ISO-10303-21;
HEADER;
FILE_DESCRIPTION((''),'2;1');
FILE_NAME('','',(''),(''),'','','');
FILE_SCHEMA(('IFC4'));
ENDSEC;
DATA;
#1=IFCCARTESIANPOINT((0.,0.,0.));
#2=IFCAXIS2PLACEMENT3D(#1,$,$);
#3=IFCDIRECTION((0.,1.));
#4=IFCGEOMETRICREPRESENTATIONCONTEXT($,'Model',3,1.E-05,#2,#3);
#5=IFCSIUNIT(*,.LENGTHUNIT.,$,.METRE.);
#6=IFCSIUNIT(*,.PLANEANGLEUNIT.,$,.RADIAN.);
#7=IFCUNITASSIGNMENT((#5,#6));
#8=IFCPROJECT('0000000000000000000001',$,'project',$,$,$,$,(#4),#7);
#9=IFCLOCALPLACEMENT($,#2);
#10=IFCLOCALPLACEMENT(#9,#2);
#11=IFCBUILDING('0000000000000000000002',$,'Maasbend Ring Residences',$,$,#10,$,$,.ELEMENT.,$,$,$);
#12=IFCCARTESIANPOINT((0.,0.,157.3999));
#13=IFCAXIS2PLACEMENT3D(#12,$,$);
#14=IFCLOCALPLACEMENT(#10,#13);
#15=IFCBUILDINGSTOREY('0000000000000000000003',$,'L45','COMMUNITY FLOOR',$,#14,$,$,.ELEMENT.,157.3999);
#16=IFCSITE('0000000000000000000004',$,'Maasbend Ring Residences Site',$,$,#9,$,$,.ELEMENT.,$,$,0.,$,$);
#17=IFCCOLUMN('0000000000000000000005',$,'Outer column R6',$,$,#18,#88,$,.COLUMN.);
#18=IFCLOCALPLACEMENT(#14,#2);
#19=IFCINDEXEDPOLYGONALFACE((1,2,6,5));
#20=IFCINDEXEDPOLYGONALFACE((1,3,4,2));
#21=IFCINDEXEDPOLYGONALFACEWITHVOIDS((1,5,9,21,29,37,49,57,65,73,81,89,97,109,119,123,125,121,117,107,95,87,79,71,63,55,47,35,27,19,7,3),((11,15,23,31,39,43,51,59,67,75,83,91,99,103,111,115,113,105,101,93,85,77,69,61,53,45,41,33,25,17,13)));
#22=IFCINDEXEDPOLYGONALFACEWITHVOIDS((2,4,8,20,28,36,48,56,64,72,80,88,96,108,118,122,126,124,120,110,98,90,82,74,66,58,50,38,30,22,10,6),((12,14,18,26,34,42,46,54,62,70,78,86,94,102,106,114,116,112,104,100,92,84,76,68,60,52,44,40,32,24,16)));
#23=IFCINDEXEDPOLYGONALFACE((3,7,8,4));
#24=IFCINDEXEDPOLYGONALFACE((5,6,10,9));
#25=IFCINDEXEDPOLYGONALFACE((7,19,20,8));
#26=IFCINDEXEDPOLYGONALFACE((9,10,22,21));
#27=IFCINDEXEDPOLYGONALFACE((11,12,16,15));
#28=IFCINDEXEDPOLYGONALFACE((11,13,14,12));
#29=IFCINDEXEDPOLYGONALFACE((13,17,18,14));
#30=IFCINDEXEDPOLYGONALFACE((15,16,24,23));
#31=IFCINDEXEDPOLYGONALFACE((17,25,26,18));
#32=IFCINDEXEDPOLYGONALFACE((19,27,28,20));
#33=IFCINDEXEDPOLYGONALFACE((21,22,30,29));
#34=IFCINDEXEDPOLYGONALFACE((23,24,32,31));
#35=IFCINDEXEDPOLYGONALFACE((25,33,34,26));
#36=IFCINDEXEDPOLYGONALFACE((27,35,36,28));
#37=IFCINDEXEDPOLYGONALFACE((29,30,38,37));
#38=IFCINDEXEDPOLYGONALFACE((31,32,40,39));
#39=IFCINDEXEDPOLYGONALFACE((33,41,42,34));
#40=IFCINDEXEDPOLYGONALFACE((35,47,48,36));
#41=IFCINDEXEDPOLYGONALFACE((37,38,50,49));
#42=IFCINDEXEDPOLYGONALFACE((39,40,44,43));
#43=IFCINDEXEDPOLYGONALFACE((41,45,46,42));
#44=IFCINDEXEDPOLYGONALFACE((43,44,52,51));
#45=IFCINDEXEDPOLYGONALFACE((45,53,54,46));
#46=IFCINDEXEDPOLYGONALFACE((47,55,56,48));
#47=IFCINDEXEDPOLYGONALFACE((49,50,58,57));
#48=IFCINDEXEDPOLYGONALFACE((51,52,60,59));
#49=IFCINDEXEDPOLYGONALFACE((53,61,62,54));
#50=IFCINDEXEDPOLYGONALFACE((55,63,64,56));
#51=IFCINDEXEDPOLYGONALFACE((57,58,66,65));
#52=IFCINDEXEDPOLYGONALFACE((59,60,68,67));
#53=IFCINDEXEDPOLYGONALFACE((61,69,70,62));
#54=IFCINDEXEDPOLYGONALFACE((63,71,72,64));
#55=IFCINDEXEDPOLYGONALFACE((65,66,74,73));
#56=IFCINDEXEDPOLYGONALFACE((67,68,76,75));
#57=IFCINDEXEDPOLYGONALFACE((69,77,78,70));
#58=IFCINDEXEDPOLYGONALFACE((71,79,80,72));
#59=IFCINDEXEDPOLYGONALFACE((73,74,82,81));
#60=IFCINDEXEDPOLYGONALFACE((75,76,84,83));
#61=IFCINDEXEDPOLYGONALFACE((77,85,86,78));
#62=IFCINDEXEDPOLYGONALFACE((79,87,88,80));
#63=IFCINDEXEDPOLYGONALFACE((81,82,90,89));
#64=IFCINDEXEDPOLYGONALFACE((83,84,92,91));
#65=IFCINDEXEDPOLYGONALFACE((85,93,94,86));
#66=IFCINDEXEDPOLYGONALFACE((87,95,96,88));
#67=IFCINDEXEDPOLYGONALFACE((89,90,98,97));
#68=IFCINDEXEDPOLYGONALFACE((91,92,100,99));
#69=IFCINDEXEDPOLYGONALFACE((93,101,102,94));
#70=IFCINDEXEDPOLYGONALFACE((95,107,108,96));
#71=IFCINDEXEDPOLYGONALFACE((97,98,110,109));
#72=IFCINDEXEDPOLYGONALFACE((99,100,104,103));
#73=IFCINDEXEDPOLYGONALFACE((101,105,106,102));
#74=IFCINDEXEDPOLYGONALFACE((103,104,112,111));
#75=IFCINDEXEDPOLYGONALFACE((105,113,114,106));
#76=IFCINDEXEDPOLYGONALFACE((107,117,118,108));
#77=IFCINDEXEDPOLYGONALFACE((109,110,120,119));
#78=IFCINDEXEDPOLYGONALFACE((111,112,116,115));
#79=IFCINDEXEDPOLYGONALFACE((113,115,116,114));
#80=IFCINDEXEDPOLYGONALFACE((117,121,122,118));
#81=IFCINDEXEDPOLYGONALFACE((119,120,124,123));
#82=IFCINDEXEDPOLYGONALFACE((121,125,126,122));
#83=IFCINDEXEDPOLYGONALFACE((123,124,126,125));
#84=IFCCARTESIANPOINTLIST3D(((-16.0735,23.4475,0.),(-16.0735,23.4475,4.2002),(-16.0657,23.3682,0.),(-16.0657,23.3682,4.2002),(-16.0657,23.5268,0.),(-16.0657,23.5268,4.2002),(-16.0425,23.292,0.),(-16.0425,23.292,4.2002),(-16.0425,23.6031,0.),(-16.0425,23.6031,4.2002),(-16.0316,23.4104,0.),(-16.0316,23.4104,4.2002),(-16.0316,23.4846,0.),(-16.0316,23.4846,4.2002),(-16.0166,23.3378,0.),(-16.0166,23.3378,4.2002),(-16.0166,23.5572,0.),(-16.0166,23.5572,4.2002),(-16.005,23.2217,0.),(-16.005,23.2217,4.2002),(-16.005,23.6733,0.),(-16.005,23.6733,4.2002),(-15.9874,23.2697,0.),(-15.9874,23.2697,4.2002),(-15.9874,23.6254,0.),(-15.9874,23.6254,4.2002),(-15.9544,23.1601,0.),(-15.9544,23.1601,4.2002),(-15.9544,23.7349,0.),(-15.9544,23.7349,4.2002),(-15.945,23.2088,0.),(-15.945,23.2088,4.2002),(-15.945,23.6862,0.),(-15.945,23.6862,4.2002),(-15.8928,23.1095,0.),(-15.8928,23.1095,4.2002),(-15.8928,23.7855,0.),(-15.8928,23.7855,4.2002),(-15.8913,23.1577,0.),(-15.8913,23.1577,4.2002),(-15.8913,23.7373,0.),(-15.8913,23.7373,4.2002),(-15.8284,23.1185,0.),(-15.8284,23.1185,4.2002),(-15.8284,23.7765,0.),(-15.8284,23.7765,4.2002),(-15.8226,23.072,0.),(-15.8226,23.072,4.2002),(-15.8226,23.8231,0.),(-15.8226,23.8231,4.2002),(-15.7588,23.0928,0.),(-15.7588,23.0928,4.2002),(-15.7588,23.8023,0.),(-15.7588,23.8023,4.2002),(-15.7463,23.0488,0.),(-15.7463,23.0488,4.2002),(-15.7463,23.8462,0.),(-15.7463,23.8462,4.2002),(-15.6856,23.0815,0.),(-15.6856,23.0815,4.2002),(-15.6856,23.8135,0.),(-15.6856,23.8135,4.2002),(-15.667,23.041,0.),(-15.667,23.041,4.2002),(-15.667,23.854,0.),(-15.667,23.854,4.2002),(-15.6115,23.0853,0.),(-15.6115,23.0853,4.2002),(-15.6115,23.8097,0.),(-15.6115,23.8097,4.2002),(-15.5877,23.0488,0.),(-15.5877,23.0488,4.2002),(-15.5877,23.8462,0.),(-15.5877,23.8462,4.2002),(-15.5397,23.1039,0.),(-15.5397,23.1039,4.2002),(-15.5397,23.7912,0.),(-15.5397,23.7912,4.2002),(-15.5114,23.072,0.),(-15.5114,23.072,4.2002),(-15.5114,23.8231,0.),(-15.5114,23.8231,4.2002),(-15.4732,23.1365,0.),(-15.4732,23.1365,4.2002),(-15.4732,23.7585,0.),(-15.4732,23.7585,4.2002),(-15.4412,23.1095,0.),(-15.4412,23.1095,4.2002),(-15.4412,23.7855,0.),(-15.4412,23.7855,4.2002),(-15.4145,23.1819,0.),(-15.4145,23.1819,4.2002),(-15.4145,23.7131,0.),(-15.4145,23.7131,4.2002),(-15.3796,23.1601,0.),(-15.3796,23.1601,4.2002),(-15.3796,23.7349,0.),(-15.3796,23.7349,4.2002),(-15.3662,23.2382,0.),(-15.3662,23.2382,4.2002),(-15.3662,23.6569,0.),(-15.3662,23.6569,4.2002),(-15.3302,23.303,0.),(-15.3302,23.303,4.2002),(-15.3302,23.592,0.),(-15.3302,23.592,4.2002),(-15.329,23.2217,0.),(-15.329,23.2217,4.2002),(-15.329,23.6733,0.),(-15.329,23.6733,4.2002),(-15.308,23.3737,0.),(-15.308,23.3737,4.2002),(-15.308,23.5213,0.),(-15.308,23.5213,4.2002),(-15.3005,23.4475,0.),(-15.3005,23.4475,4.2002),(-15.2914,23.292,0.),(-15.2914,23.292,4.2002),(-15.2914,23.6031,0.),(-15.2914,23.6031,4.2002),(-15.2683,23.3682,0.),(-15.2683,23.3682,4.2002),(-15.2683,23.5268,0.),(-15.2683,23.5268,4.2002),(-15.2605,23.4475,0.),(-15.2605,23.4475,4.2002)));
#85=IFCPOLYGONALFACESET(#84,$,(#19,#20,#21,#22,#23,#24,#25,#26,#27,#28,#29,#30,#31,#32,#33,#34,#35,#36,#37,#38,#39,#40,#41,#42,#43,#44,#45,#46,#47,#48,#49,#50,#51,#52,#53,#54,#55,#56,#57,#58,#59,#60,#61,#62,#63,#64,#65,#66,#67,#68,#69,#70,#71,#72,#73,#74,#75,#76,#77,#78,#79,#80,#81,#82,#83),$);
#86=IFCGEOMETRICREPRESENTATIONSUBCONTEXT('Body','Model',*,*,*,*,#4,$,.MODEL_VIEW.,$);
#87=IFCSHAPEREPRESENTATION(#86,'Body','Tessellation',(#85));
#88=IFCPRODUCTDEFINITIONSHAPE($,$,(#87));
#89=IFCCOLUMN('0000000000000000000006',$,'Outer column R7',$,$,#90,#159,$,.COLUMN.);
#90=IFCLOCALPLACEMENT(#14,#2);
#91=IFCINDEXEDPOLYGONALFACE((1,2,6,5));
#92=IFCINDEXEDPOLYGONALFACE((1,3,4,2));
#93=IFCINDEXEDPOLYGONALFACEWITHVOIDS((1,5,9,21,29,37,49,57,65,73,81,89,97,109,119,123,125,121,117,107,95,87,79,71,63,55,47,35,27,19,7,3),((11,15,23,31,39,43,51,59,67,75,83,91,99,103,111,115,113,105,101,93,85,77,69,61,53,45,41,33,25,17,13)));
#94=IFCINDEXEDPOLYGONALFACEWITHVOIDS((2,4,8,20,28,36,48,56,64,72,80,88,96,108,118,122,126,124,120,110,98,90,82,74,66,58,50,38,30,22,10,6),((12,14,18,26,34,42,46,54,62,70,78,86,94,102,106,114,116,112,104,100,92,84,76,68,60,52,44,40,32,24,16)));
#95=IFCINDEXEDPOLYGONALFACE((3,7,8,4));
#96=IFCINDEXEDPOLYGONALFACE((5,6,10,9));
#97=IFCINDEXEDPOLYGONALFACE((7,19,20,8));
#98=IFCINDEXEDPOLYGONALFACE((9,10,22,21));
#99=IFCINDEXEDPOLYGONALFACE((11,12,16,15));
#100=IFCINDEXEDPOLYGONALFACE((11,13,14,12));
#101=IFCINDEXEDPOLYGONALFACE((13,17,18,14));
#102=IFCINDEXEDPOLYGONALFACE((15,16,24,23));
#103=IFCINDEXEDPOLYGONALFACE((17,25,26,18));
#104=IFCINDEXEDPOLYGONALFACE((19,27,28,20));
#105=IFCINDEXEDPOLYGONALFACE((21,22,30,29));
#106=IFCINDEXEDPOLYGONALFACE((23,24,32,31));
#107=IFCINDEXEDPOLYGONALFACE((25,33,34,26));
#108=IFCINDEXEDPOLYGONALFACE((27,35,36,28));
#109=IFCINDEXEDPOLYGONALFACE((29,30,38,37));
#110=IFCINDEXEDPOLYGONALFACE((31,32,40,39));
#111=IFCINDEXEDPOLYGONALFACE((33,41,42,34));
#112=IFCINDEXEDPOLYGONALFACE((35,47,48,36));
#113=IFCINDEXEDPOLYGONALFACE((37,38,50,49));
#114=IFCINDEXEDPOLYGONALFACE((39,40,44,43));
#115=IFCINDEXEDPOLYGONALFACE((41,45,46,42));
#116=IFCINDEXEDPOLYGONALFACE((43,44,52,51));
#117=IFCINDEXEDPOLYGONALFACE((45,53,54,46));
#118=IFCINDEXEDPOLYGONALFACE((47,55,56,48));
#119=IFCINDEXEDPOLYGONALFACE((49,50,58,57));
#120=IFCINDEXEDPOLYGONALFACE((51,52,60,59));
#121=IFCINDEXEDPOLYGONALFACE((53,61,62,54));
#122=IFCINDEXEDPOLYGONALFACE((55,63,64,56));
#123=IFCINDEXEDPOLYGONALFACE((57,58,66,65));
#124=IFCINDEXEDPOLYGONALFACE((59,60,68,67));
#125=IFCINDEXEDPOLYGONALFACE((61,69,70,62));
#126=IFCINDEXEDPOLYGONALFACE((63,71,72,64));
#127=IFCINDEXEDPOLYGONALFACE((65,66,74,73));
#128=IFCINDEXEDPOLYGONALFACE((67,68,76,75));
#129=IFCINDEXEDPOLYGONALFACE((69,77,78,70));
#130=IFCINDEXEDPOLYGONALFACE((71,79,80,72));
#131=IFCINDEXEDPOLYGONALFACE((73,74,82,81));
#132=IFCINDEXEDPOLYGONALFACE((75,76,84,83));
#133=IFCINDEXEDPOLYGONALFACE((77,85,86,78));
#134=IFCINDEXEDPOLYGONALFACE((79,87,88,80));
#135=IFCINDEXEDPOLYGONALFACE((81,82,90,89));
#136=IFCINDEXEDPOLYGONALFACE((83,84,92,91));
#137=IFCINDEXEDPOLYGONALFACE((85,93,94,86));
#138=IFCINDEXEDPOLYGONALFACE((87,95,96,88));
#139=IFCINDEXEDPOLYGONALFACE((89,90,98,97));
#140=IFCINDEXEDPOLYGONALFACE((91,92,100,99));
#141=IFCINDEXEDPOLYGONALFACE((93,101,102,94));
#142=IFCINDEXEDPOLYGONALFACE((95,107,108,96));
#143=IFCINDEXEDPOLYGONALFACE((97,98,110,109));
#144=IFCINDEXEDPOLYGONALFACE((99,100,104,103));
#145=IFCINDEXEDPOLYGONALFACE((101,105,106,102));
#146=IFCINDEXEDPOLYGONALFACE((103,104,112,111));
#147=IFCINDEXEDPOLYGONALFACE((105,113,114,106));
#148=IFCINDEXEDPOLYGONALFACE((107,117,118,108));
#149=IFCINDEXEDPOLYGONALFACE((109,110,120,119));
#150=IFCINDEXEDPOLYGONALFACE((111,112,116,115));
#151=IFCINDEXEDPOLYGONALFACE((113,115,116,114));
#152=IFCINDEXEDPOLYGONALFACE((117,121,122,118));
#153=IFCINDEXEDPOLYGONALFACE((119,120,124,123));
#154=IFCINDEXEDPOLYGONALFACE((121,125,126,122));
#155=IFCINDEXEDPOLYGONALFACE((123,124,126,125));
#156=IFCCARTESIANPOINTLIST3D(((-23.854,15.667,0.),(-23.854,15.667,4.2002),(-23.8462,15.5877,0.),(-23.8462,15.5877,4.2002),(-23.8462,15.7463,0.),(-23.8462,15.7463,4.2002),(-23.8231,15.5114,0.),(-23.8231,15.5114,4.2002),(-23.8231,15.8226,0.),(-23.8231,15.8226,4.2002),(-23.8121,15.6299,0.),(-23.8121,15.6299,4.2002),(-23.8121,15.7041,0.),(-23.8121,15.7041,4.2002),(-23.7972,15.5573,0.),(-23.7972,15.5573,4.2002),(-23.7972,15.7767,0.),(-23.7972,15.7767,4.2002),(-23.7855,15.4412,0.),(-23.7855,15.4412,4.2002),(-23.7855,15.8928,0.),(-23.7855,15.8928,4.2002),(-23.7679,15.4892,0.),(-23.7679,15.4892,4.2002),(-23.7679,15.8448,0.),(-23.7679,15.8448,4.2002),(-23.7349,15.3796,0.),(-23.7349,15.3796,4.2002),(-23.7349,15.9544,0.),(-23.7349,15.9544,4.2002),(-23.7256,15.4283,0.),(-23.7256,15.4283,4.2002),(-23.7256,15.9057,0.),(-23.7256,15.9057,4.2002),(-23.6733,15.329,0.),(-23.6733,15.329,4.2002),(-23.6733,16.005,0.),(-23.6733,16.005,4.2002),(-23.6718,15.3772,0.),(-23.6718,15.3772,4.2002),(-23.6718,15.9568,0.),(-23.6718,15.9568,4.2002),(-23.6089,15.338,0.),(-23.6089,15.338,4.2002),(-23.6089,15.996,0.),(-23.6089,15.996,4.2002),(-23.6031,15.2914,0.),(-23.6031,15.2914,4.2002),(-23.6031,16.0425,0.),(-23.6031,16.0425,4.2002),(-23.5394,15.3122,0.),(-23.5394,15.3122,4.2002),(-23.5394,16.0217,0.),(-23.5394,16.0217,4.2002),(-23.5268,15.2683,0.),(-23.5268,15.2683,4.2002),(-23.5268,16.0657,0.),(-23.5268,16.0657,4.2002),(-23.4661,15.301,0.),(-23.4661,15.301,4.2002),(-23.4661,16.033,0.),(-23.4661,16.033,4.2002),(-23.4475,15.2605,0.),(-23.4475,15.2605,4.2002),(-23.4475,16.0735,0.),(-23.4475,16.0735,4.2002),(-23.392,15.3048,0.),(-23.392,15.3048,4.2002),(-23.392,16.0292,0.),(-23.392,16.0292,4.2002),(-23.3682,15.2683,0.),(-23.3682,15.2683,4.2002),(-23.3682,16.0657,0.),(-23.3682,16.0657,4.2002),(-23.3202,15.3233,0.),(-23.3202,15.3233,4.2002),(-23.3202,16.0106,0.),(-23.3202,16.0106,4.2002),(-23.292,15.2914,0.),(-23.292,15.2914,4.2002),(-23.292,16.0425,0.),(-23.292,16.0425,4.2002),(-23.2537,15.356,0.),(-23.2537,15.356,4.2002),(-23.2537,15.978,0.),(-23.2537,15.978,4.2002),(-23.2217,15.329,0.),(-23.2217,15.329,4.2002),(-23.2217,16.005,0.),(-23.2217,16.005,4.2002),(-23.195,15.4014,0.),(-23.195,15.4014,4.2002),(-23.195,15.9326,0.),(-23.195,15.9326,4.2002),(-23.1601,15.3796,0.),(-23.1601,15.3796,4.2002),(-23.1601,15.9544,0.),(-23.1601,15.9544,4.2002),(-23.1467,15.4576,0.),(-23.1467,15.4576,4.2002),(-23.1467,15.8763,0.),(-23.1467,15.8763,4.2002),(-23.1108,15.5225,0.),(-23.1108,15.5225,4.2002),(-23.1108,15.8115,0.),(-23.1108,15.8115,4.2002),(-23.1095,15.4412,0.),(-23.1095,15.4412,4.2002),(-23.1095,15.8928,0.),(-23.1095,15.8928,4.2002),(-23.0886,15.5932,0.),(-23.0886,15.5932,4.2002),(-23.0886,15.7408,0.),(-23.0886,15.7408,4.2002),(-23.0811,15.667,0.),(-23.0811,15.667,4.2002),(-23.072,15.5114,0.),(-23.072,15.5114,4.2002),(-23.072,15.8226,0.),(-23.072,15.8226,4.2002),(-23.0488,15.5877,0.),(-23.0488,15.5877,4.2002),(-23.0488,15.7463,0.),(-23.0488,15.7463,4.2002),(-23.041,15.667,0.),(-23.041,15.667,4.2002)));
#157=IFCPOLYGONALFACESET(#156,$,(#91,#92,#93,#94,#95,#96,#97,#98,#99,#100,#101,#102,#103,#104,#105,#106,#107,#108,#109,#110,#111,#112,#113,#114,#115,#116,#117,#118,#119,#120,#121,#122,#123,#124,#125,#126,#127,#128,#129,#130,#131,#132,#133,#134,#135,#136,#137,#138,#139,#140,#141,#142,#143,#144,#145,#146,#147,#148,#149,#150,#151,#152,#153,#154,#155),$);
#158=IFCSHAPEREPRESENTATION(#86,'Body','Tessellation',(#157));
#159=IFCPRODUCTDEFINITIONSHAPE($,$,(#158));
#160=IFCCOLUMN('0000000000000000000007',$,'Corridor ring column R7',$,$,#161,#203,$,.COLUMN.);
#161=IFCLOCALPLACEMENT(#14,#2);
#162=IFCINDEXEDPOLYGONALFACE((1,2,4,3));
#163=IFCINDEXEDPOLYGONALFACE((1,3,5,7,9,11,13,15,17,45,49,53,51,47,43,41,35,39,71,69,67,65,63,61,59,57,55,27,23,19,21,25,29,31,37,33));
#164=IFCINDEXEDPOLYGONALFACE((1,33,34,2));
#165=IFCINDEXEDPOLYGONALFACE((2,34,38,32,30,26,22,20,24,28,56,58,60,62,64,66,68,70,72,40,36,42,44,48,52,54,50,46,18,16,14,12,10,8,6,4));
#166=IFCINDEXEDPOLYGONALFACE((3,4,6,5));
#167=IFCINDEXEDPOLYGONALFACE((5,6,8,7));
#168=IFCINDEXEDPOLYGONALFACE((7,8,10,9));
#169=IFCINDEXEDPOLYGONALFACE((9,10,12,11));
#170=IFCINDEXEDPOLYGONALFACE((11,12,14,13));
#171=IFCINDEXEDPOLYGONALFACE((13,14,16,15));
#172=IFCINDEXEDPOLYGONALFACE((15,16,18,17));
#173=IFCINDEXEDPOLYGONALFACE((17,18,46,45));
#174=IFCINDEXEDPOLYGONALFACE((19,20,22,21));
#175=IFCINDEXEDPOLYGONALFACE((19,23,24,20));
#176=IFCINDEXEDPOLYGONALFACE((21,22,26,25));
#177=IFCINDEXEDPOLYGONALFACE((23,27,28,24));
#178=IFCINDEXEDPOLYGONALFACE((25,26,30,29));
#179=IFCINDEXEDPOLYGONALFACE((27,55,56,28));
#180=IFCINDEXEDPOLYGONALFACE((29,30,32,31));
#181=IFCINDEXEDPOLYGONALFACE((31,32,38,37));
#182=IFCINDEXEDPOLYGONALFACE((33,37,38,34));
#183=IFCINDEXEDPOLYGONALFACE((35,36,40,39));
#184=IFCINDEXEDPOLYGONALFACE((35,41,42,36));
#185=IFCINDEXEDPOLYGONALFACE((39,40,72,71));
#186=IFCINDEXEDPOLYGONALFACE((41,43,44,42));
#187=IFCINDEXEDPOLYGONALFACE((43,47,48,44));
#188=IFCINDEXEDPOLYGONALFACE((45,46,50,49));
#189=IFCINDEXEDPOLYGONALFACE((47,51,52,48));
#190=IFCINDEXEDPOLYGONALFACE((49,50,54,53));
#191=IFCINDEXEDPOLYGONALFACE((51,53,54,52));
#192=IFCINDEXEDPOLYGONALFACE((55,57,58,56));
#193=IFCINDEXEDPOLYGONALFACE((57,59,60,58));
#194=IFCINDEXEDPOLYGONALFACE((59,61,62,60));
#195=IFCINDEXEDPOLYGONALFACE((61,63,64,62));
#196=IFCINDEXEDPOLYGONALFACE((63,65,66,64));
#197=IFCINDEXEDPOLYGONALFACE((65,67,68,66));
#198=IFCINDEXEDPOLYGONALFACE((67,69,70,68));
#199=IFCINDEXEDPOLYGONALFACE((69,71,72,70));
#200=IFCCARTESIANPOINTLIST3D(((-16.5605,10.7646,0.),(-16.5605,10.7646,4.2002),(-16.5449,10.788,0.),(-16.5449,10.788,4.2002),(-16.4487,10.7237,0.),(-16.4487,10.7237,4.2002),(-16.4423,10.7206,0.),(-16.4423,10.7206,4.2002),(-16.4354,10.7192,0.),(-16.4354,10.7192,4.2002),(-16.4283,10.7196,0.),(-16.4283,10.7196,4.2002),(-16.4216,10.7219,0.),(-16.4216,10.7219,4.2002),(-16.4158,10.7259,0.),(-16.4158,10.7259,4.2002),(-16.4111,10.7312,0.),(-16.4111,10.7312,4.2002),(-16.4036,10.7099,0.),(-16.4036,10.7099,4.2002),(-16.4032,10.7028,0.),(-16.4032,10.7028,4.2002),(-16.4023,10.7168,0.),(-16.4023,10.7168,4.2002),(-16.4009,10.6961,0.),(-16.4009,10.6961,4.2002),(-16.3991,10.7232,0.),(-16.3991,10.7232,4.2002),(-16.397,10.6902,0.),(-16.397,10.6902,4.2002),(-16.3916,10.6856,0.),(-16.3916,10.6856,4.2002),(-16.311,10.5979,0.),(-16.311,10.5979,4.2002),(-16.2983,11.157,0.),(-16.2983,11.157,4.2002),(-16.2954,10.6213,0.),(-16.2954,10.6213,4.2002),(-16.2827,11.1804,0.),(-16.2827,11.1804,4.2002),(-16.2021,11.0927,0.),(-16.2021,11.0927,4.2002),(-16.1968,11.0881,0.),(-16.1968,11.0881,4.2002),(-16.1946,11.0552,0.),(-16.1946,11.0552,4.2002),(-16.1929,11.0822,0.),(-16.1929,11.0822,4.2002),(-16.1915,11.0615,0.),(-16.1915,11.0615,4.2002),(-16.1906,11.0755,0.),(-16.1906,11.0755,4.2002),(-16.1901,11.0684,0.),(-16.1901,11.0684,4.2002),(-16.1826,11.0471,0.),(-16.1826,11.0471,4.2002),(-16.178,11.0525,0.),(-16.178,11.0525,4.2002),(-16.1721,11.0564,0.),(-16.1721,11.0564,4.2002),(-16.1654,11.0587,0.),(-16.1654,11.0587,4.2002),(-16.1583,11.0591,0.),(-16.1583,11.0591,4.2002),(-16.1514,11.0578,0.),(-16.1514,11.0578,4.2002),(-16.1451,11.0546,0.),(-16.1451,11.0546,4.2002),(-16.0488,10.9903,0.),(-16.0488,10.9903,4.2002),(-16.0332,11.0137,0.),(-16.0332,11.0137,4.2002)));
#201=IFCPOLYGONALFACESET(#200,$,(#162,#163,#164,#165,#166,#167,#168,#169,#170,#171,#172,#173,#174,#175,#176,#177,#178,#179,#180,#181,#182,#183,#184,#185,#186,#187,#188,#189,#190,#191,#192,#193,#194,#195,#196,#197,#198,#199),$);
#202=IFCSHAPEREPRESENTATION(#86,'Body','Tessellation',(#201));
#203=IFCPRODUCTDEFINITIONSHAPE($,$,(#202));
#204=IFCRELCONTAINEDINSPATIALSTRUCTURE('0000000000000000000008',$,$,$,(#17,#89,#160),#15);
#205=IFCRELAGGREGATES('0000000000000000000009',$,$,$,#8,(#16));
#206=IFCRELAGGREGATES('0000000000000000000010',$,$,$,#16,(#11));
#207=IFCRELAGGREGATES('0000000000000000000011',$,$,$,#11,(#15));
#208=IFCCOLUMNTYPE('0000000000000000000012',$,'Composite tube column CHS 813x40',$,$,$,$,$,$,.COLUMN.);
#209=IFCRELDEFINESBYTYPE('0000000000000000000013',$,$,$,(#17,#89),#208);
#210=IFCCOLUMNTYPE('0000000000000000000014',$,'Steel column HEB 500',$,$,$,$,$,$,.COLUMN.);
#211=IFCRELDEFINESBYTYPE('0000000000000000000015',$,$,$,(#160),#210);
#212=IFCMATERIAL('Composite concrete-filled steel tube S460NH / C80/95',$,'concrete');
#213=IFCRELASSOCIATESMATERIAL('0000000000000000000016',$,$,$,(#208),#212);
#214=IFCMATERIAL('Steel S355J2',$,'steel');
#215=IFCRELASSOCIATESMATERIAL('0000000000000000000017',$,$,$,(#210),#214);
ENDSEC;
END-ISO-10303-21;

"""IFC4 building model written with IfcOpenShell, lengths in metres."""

from ifc_helpers import new_model, si_unit, direction, frame, origin, origin_2d, place, context, subcontext, project, spatial, hollow_circle, i_section, extrude, material, material_profile, profile_set, type_object, element, save


model = new_model("IFC4")

# Units and contexts
model_context = context("Model", 3, precision=1e-05, world=origin(), true_north=direction((0.0, 1.0)))
body_context = subcontext(model_context, "Body", "Model", "MODEL_VIEW")
ifc_project = project(units=[si_unit("LENGTHUNIT", "METRE"), si_unit("PLANEANGLEUNIT", "RADIAN")], contexts=[model_context])

# Site, building, storey
site_placement = place(None, origin())
site = spatial("IfcSite", under=ifc_project, at=site_placement, Name="Maasbend Ring Residences Site", CompositionType="ELEMENT", RefElevation=0.0)
building_placement = place(site_placement, origin())
building = spatial("IfcBuilding", under=site, at=building_placement, Name="Maasbend Ring Residences", CompositionType="ELEMENT")
storey_placement = place(building_placement, frame((0.0, 0.0, 157.3999)))
storey = spatial("IfcBuildingStorey", under=building, at=storey_placement, Name="L45", Description="COMMUNITY FLOOR", CompositionType="ELEMENT", Elevation=157.3999)

# Columns
ifc_material_1 = material(Name="Composite concrete-filled steel tube S460NH / C80/95", Category="concrete")
ifc_material_profile_1 = material_profile(ifc_material_1, hollow_circle(Radius=0.4065, WallThickness=0.04, at=origin_2d()), Name="Composite tube column CHS 813x40")
ifc_profile_set_1 = profile_set([ifc_material_profile_1], Name="Composite concrete-filled steel tube S460NH / C80/95")
column_type_1 = type_object("IfcColumnType", Name="Composite tube column CHS 813x40", PredefinedType="COLUMN", material=ifc_profile_set_1)
for number, where, z_axis, x_axis, name in (
    (1, (-15.667, 23.4475, 0.0), (0.0, 0.0, 1.0), (1.0, 0.0, 0.0), "Outer column R6"),
    (2, (-23.4475, 15.667, 0.0), (0.0, 0.0, 1.0), (1.0, 0.0, 0.0), "Outer column R7"),
):
    element("IfcColumn", number, at=place(storey_placement, frame(where, z_axis=z_axis, x_axis=x_axis)), inside=storey, type_object=column_type_1, Name=name, PredefinedType="COLUMN", context=body_context, shape_type="SweptSolid", body=[
        extrude(hollow_circle(Radius=0.4065, WallThickness=0.04, at=origin_2d()), origin(), (0.0, 0.0, 1.0), 4.2002),
    ])
ifc_material_2 = material(Name="Steel S355J2", Category="steel")
ifc_material_profile_2 = material_profile(ifc_material_2, i_section(OverallWidth=0.3, OverallDepth=0.5, WebThickness=0.0144, FlangeThickness=0.0281, FilletRadius=0.0271, at=origin_2d()), Name="HEB 500")
ifc_profile_set_2 = profile_set([ifc_material_profile_2], Name="Steel S355J2")
column_type_2 = type_object("IfcColumnType", Name="Steel column HEB 500", PredefinedType="COLUMN", material=ifc_profile_set_2)
column_placement = place(storey_placement, frame((-16.2969, 10.8892, 0.0), z_axis=(0.0, 0.0, 1.0), x_axis=(-0.83147, 0.55557, 0.0)))
element("IfcColumn", 3, at=column_placement, inside=storey, type_object=column_type_2, Name="Corridor ring column R7", PredefinedType="COLUMN", context=body_context, shape_type="SweptSolid", body=[
    extrude(i_section(OverallWidth=0.3, OverallDepth=0.5, WebThickness=0.0144, FlangeThickness=0.0281, FilletRadius=0.0271, at=origin_2d()), origin(), (0.0, 0.0, 1.0), 4.2002),
])

save(model, "model.ifc")
